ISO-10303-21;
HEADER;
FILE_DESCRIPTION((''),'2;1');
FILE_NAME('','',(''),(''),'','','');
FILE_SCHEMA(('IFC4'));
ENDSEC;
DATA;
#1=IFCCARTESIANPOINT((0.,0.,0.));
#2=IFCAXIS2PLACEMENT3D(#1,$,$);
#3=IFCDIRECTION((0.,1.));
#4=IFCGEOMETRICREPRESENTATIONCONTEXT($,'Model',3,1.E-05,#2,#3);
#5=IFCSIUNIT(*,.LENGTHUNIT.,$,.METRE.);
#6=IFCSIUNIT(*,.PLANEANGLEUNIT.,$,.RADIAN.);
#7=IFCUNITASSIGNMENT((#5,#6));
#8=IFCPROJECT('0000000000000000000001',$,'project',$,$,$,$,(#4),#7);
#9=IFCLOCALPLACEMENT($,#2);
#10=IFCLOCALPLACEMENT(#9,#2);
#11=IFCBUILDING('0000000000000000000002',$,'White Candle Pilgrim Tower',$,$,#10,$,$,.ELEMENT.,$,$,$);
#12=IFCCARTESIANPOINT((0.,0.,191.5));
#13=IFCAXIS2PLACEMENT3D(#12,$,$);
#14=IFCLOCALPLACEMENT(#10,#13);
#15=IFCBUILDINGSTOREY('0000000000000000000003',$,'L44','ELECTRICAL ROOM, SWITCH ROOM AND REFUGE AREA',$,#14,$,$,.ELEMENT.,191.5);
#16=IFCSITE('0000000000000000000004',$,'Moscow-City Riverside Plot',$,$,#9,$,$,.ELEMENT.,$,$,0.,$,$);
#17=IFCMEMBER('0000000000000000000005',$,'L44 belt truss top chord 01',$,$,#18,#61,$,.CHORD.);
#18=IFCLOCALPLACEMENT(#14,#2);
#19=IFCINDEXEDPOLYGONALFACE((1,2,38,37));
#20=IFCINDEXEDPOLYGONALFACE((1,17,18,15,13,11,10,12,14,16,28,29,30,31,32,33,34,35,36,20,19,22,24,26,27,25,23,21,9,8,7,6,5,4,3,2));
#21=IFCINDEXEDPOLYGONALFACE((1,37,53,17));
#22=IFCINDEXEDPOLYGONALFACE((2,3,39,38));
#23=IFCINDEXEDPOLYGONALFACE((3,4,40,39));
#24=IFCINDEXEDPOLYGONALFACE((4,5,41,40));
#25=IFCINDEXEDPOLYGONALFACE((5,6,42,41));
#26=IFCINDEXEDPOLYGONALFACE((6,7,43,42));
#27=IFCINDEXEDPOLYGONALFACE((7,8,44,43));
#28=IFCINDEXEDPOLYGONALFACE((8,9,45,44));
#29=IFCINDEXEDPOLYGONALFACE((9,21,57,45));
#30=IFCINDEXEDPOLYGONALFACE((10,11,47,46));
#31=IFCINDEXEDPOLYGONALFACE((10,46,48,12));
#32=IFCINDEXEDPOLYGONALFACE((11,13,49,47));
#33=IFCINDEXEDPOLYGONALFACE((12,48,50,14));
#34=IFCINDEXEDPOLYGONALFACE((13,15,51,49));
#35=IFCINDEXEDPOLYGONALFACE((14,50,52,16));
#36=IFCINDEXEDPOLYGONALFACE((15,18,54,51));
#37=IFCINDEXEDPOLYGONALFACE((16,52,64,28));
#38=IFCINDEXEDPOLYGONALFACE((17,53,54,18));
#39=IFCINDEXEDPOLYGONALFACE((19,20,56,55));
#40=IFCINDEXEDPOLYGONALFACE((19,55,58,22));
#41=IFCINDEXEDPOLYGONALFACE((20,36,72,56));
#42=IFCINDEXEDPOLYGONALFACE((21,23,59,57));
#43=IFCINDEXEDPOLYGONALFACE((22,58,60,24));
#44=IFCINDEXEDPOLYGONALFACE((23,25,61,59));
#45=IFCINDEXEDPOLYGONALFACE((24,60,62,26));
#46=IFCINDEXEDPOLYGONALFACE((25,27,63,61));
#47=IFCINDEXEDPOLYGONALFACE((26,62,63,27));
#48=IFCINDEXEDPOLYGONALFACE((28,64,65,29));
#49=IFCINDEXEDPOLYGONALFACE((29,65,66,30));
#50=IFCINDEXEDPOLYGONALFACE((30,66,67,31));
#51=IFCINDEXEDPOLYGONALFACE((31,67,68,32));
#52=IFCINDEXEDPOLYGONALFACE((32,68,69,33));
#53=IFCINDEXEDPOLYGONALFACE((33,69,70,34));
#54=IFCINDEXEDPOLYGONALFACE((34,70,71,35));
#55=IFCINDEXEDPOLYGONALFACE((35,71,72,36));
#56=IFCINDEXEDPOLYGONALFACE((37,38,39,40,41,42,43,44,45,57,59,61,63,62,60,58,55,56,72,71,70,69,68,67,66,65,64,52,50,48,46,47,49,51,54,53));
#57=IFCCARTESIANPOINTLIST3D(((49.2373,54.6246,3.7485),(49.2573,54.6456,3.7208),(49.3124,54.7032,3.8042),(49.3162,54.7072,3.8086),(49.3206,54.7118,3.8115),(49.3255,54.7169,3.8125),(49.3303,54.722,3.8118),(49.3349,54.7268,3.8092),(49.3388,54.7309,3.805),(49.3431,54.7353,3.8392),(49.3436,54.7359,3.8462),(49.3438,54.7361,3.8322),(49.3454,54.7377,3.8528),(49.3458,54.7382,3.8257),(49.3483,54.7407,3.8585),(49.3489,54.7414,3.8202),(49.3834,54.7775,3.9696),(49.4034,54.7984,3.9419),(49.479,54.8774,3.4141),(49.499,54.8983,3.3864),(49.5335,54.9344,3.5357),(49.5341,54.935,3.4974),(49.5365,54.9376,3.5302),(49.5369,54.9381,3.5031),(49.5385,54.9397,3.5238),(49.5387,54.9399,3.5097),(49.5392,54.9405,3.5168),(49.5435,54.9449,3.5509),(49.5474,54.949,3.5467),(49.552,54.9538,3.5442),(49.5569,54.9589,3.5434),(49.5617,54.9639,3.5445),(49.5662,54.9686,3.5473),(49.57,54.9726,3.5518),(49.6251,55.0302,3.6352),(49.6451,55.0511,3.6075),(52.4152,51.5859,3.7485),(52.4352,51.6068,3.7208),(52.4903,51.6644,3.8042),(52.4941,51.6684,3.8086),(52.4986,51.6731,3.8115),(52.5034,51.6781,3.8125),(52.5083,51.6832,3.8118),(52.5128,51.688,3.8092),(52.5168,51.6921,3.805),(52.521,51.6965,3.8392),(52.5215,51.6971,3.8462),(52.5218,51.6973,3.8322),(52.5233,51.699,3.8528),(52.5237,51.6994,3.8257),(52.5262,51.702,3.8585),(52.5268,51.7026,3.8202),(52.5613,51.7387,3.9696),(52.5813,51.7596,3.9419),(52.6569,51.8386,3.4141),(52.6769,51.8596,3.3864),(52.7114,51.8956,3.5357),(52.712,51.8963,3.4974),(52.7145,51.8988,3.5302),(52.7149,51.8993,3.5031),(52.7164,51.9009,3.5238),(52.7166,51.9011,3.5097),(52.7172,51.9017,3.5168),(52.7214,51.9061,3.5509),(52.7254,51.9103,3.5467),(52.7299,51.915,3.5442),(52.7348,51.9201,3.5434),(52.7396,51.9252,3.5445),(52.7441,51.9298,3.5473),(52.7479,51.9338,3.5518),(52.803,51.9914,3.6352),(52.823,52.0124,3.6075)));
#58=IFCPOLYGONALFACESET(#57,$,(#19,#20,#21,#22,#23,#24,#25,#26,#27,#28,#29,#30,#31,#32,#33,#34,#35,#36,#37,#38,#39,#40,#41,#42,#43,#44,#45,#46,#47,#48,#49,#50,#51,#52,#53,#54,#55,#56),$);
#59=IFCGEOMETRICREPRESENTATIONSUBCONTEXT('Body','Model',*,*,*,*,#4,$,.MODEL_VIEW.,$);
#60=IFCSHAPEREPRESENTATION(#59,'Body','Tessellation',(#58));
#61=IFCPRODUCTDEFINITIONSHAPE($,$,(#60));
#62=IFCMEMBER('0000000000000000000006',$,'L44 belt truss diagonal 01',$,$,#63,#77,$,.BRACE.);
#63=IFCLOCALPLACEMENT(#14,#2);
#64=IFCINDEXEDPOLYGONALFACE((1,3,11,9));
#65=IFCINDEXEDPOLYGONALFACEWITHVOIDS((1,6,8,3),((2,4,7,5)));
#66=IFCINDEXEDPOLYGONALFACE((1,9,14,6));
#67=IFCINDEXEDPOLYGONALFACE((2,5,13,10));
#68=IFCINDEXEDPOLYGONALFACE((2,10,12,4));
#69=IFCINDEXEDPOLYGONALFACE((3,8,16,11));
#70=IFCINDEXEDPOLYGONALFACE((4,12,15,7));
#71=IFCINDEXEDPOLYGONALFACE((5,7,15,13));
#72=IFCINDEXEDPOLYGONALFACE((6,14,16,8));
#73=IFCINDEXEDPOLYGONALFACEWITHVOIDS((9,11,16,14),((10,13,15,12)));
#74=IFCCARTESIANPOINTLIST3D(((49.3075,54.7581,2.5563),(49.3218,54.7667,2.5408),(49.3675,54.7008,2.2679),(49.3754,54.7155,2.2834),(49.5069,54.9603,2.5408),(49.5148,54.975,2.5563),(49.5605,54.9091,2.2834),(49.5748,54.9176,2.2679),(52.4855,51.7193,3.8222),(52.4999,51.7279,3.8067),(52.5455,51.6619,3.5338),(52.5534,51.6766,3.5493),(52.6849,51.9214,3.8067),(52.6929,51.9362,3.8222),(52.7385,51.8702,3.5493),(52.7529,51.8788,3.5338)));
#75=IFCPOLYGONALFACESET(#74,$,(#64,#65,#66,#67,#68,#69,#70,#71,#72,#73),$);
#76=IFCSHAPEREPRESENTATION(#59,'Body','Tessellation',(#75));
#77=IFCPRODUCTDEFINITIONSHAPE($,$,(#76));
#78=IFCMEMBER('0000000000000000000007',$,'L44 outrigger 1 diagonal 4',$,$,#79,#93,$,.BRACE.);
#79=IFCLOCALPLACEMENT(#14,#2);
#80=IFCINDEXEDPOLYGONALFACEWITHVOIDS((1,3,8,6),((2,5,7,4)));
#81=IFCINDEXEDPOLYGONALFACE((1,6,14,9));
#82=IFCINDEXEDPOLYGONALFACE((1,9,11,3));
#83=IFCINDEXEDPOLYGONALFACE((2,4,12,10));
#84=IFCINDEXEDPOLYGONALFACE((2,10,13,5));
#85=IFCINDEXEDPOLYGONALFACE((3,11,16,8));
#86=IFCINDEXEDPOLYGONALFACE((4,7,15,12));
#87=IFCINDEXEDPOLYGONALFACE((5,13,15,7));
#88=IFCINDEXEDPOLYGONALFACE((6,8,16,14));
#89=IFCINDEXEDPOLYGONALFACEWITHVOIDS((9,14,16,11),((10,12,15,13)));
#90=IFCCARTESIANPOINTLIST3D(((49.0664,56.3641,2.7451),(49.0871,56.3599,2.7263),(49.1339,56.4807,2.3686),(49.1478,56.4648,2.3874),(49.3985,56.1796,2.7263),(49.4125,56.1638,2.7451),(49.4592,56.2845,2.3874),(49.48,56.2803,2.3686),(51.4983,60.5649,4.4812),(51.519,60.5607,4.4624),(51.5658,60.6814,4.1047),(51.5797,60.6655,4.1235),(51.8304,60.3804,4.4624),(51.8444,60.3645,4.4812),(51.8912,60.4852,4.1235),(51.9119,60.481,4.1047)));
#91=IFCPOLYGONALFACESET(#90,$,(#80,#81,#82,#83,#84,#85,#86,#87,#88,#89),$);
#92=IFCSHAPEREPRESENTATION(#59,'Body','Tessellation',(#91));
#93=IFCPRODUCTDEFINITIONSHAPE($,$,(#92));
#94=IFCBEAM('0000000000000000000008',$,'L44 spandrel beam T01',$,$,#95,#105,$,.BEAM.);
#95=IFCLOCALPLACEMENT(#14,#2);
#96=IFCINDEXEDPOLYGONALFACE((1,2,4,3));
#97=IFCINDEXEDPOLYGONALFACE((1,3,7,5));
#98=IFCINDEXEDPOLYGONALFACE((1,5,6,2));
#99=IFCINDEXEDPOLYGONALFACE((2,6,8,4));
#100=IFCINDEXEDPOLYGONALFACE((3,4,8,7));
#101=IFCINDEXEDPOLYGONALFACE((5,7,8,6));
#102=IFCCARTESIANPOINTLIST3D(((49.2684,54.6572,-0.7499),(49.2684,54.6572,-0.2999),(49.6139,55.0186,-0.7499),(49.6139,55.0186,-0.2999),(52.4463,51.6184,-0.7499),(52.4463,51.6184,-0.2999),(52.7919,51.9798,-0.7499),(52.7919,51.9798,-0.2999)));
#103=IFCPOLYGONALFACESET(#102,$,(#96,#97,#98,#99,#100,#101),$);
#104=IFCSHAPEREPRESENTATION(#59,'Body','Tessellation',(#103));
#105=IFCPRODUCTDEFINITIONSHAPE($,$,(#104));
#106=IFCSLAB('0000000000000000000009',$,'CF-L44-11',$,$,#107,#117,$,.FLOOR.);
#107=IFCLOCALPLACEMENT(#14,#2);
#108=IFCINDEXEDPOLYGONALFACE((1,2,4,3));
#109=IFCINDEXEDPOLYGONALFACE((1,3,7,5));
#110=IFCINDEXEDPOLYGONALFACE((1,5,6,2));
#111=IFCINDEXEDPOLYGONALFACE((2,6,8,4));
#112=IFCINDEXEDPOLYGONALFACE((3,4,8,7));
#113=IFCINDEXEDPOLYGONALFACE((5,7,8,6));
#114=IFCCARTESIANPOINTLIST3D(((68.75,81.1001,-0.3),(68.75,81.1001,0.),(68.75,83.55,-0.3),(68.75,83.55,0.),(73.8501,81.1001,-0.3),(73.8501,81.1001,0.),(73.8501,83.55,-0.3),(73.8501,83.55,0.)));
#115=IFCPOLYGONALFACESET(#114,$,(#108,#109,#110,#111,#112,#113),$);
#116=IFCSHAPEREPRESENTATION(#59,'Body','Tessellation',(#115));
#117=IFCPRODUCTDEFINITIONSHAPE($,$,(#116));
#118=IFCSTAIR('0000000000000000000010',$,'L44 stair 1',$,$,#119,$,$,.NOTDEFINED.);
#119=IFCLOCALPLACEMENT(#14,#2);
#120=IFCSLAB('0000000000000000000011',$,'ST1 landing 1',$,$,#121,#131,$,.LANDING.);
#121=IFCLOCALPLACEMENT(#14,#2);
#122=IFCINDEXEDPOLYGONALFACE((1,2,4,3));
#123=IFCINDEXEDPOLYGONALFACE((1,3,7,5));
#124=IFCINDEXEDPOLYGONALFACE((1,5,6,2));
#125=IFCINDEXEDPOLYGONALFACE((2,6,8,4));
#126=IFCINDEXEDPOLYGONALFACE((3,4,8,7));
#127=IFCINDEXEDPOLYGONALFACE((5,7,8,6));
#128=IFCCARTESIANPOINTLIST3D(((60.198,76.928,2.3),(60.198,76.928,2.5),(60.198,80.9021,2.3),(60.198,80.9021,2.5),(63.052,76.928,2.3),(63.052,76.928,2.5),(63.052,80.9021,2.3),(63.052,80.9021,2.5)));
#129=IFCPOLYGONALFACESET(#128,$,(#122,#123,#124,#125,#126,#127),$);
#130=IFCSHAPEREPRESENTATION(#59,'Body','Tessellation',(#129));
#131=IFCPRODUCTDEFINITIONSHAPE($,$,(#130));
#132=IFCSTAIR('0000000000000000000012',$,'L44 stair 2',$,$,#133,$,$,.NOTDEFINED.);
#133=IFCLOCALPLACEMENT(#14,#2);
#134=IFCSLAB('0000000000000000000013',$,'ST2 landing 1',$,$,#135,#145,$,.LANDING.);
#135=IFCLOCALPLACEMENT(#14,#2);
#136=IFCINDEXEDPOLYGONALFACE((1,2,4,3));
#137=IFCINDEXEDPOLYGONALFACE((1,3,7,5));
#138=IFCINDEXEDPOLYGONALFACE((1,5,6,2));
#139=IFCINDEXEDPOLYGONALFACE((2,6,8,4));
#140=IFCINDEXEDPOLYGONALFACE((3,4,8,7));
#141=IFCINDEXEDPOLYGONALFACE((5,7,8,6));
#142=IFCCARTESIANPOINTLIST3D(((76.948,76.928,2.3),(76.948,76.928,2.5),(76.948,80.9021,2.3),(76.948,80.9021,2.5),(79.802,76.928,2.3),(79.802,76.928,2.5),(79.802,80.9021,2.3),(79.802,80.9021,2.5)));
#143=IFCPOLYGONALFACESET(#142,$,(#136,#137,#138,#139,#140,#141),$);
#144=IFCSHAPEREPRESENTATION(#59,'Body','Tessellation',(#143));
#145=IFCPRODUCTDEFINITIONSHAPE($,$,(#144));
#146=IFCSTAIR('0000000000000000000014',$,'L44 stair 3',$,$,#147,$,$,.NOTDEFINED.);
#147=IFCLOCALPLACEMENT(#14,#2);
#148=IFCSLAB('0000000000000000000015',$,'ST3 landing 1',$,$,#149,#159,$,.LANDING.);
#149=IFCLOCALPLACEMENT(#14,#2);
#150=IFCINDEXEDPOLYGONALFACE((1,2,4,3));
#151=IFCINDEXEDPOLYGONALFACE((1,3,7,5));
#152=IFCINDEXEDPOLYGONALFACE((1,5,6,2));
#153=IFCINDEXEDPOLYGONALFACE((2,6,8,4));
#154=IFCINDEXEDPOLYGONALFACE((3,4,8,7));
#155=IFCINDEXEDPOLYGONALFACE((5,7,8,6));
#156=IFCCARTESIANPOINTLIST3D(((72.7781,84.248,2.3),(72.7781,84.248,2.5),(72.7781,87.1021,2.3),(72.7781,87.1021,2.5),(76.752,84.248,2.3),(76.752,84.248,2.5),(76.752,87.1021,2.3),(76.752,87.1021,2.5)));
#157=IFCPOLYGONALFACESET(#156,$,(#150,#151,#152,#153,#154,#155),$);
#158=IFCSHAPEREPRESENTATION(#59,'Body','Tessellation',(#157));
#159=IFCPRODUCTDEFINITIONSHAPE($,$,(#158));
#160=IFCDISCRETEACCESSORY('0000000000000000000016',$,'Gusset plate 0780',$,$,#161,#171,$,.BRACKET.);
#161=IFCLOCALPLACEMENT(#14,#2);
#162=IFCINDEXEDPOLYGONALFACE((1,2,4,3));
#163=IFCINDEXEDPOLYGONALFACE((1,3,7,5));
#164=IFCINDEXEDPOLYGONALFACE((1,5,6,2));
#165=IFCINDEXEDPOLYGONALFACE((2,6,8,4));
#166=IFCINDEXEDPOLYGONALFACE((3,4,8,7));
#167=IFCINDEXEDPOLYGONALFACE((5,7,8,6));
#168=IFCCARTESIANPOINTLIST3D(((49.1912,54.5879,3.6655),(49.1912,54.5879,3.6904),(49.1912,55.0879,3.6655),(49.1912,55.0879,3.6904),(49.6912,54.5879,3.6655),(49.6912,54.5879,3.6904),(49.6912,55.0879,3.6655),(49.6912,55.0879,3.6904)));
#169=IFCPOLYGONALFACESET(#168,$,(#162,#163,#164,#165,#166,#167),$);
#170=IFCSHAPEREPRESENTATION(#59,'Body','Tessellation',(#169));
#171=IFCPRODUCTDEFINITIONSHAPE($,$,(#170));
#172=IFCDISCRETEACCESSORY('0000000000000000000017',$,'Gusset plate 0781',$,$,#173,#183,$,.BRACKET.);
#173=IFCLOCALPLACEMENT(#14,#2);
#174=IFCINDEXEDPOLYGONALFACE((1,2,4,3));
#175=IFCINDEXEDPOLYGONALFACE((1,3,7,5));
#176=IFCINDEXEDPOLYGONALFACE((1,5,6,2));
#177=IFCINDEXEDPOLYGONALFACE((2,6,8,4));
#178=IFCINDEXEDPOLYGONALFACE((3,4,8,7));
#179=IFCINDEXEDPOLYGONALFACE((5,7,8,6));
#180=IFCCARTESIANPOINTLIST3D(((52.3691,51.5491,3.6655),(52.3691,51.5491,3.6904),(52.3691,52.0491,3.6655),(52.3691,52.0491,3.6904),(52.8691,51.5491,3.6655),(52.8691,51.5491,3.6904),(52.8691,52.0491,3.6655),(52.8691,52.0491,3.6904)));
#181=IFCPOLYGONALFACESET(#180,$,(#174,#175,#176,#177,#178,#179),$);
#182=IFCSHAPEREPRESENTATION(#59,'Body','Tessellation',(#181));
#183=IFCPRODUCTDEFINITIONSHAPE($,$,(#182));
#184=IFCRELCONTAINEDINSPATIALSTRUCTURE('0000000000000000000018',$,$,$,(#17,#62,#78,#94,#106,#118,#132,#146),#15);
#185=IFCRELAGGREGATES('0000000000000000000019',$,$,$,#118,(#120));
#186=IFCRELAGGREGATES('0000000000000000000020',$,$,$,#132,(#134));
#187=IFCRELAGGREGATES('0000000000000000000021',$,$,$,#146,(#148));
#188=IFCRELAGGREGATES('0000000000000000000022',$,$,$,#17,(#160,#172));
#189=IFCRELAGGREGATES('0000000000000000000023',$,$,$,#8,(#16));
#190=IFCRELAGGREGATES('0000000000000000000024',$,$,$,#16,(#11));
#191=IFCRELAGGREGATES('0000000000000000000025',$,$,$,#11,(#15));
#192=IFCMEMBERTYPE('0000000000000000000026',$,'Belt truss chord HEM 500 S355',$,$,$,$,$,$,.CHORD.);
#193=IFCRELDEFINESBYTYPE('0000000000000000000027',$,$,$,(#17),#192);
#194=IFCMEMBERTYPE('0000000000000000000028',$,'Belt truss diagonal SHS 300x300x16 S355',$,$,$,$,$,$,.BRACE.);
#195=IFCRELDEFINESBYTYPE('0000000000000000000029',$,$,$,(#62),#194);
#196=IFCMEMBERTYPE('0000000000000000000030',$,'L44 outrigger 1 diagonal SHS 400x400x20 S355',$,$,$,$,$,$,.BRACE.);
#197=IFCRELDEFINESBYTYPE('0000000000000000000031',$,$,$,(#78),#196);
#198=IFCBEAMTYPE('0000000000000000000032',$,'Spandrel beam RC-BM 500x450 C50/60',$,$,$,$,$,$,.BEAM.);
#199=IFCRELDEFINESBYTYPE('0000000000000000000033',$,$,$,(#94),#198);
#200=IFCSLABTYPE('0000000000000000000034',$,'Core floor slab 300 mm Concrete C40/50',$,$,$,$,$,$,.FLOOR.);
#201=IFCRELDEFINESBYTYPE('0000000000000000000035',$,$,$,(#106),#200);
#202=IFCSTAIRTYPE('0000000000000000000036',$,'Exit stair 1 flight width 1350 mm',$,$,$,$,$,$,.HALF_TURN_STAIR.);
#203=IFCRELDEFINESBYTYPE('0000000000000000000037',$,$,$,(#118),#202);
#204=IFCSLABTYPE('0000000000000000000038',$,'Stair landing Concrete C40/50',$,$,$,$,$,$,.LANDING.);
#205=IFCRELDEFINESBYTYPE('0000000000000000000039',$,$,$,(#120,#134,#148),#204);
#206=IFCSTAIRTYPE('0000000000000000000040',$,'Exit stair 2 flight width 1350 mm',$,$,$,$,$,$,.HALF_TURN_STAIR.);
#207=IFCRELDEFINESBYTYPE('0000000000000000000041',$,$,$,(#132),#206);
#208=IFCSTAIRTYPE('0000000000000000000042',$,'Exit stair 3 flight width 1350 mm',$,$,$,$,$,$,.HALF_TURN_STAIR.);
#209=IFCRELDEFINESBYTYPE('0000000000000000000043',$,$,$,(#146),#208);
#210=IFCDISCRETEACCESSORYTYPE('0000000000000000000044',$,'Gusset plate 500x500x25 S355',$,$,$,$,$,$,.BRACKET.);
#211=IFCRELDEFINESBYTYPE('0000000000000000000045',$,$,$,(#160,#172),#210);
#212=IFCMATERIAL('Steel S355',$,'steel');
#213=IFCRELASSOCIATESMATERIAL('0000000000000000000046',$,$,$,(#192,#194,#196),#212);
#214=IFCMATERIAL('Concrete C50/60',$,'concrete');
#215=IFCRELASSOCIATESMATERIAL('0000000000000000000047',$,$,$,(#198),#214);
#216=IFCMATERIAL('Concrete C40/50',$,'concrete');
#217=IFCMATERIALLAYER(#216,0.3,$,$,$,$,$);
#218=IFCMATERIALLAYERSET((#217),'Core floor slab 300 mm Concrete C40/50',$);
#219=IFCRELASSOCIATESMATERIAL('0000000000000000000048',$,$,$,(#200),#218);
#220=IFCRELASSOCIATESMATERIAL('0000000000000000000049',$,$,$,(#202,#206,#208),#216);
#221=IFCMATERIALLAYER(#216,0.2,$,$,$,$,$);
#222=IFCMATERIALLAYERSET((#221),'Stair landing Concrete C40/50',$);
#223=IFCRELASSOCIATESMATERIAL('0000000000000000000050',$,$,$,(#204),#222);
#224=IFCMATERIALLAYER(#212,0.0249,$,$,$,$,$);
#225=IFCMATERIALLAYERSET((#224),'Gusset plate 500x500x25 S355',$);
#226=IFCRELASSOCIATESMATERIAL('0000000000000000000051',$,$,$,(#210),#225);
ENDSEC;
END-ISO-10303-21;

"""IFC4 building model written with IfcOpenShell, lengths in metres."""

from ifc_helpers import new_model, si_unit, direction, frame, origin, origin_2d, place, context, subcontext, project, spatial, polyline, rectangle, hollow_rectangle, i_section, outline, extrude, material, layer, layer_set, material_profile, profile_set, type_object, element, aggregate, save


model = new_model("IFC4")

# Units and contexts
model_context = context("Model", 3, precision=1e-05, world=origin(), true_north=direction((0.0, 1.0)))
body_context = subcontext(model_context, "Body", "Model", "MODEL_VIEW")
ifc_project = project(units=[si_unit("LENGTHUNIT", "METRE"), si_unit("PLANEANGLEUNIT", "RADIAN")], contexts=[model_context])

# Site, building, storey
site_placement = place(None, origin())
site = spatial("IfcSite", under=ifc_project, at=site_placement, Name="Moscow-City Riverside Plot", CompositionType="ELEMENT", RefElevation=0.0)
building_placement = place(site_placement, origin())
building = spatial("IfcBuilding", under=site, at=building_placement, Name="White Candle Pilgrim Tower", CompositionType="ELEMENT")
storey_placement = place(building_placement, frame((0.0, 0.0, 191.5)))
storey = spatial("IfcBuildingStorey", under=building, at=storey_placement, Name="L44", Description="ELECTRICAL ROOM, SWITCH ROOM AND REFUGE AREA", CompositionType="ELEMENT", Elevation=191.5)

# Member
ifc_material_1 = material(Name="Steel S355", Category="steel")
ifc_material_profile_1 = material_profile(ifc_material_1, i_section(OverallWidth=0.3059, OverallDepth=0.5239, WebThickness=0.021, FlangeThickness=0.04, FilletRadius=0.0271, at=origin_2d()), Name="HEM 500")
ifc_profile_set_1 = profile_set([ifc_material_profile_1], Name="Steel S355")
member_type_1 = type_object("IfcMemberType", Name="Belt truss chord HEM 500 S355", PredefinedType="CHORD", material=ifc_profile_set_1)
member_1_placement = place(storey_placement, frame((49.4412, 54.8379, 3.678), z_axis=(0.722754, -0.691105, 0.0), x_axis=(0.477632, 0.499504, 0.722747)))
member_1 = element("IfcMember", 1, at=member_1_placement, inside=storey, type_object=member_type_1, Name="L44 belt truss top chord 01", PredefinedType="CHORD", context=body_context, shape_type="SweptSolid", body=[
    extrude(i_section(OverallWidth=0.3059, OverallDepth=0.5239, WebThickness=0.021, FlangeThickness=0.04, FilletRadius=0.0271, at=origin_2d()), origin(), (0.0, 0.0, 1.0), 4.397),
])

# Members
ifc_material_profile_2 = material_profile(ifc_material_1, hollow_rectangle(XDim=0.3, YDim=0.3, WallThickness=0.0161, at=origin_2d()), Name="SHS 300x300x16")
ifc_profile_set_2 = profile_set([ifc_material_profile_2], Name="Steel S355")
member_type_2 = type_object("IfcMemberType", Name="Belt truss diagonal SHS 300x300x16 S355", PredefinedType="BRACE", material=ifc_profile_set_2)
member_2_placement = place(storey_placement, frame((49.4412, 54.8379, 2.4121), z_axis=(0.694544, -0.664131, 0.276655), x_axis=(0.691105, 0.722754, 0.0)))
element("IfcMember", 2, at=member_2_placement, inside=storey, type_object=member_type_2, Name="L44 belt truss diagonal 01", PredefinedType="BRACE", context=body_context, shape_type="SweptSolid", body=[
    extrude(hollow_rectangle(XDim=0.3, YDim=0.3, WallThickness=0.0161, at=origin_2d()), origin(), (0.0, 0.0, 1.0), 4.5757),
])
ifc_material_profile_3 = material_profile(ifc_material_1, hollow_rectangle(XDim=0.3999, YDim=0.3999, WallThickness=0.02, at=origin_2d()), Name="SHS 400x400x20")
ifc_profile_set_3 = profile_set([ifc_material_profile_3], Name="Steel S355")
member_type_3 = type_object("IfcMemberType", Name="L44 outrigger 1 diagonal SHS 400x400x20 S355", PredefinedType="BRACE", material=ifc_profile_set_3)
member_3_placement = place(storey_placement, frame((51.7051, 60.5229, 4.293), z_axis=(-0.471755, -0.814879, -0.336778), x_axis=(0.865434, -0.501022, 0.0)))
element("IfcMember", 3, at=member_3_placement, inside=storey, type_object=member_type_3, Name="L44 outrigger 1 diagonal 4", PredefinedType="BRACE", context=body_context, shape_type="SweptSolid", body=[
    extrude(hollow_rectangle(XDim=0.3999, YDim=0.3999, WallThickness=0.02, at=origin_2d()), origin(), (0.0, 0.0, 1.0), 5.155),
])

# Beam
ifc_material_2 = material(Name="Concrete C50/60", Category="concrete")
ifc_material_profile_4 = material_profile(ifc_material_2, rectangle(XDim=0.5, YDim=0.45, at=origin_2d()), Name="RC-BM 500x450")
ifc_profile_set_4 = profile_set([ifc_material_profile_4], Name="Concrete C50/60")
beam_type = type_object("IfcBeamType", Name="Spandrel beam RC-BM 500x450 C50/60", PredefinedType="BEAM", material=ifc_profile_set_4)
beam_placement = place(storey_placement, frame((49.4412, 54.8379, -0.5249), z_axis=(0.722754, -0.691105, 0.0), x_axis=(0.691105, 0.722754, 0.0)))
element("IfcBeam", 4, at=beam_placement, inside=storey, type_object=beam_type, Name="L44 spandrel beam T01", PredefinedType="BEAM", context=body_context, shape_type="SweptSolid", body=[
    extrude(rectangle(XDim=0.5, YDim=0.45, at=origin_2d()), origin(), (0.0, 0.0, 1.0), 4.397),
])

# Slab
ifc_material_3 = material(Name="Concrete C40/50", Category="concrete")
ifc_layer_1 = layer(ifc_material_3, 0.3)
ifc_layer_set_1 = layer_set([ifc_layer_1], Name="Core floor slab 300 mm Concrete C40/50")
slab_type_1 = type_object("IfcSlabType", Name="Core floor slab 300 mm Concrete C40/50", PredefinedType="FLOOR", material=ifc_layer_set_1)
slab_1_placement = place(storey_placement, frame((0.0, 0.0, -0.3)))
element("IfcSlab", 5, at=slab_1_placement, inside=storey, type_object=slab_type_1, Name="CF-L44-11", PredefinedType="FLOOR", context=body_context, shape_type="SweptSolid", body=[
    extrude(outline(polyline([(73.8501, 83.55), (73.8501, 81.1001), (68.75, 81.1001), (68.75, 83.55), (73.8501, 83.55)])), origin(), (0.0, 0.0, 1.0), 0.3),
])

# Stairs, slabs
stair_type_1 = type_object("IfcStairType", Name="Exit stair 1 flight width 1350 mm", PredefinedType="HALF_TURN_STAIR", material=ifc_material_3)
stair_1_placement = place(storey_placement, origin())
stair_1 = element("IfcStair", 6, at=stair_1_placement, inside=storey, type_object=stair_type_1, Name="L44 stair 1", PredefinedType="NOTDEFINED")
ifc_layer_2 = layer(ifc_material_3, 0.2)
ifc_layer_set_2 = layer_set([ifc_layer_2], Name="Stair landing Concrete C40/50")
slab_type_2 = type_object("IfcSlabType", Name="Stair landing Concrete C40/50", PredefinedType="LANDING", material=ifc_layer_set_2)
slab_2_placement = place(storey_placement, frame((0.0, 0.0, 2.3)))
slab_2 = element("IfcSlab", 7, at=slab_2_placement, type_object=slab_type_2, Name="ST1 landing 1", PredefinedType="LANDING", context=body_context, shape_type="SweptSolid", body=[
    extrude(outline(polyline([(63.052, 76.928), (60.198, 76.928), (60.198, 80.9021), (63.052, 80.9021), (63.052, 76.928)])), origin(), (0.0, 0.0, 1.0), 0.2),
])
aggregate(stair_1, [slab_2])
stair_type_2 = type_object("IfcStairType", Name="Exit stair 2 flight width 1350 mm", PredefinedType="HALF_TURN_STAIR", material=ifc_material_3)
stair_2_placement = place(storey_placement, origin())
stair_2 = element("IfcStair", 8, at=stair_2_placement, inside=storey, type_object=stair_type_2, Name="L44 stair 2", PredefinedType="NOTDEFINED")
slab_3_placement = place(storey_placement, frame((0.0, 0.0, 2.3)))
slab_3 = element("IfcSlab", 9, at=slab_3_placement, type_object=slab_type_2, Name="ST2 landing 1", PredefinedType="LANDING", context=body_context, shape_type="SweptSolid", body=[
    extrude(outline(polyline([(79.802, 76.928), (76.948, 76.928), (76.948, 80.9021), (79.802, 80.9021), (79.802, 76.928)])), origin(), (0.0, 0.0, 1.0), 0.2),
])
aggregate(stair_2, [slab_3])
stair_type_3 = type_object("IfcStairType", Name="Exit stair 3 flight width 1350 mm", PredefinedType="HALF_TURN_STAIR", material=ifc_material_3)
stair_3_placement = place(storey_placement, origin())
stair_3 = element("IfcStair", 10, at=stair_3_placement, inside=storey, type_object=stair_type_3, Name="L44 stair 3", PredefinedType="NOTDEFINED")
slab_4_placement = place(storey_placement, frame((0.0, 0.0, 2.3)))
slab_4 = element("IfcSlab", 11, at=slab_4_placement, type_object=slab_type_2, Name="ST3 landing 1", PredefinedType="LANDING", context=body_context, shape_type="SweptSolid", body=[
    extrude(outline(polyline([(72.7781, 84.248), (72.7781, 87.1021), (76.752, 87.1021), (76.752, 84.248), (72.7781, 84.248)])), origin(), (0.0, 0.0, 1.0), 0.2),
])
aggregate(stair_3, [slab_4])

# Discrete accessories
ifc_layer_3 = layer(ifc_material_1, 0.0249)
ifc_layer_set_3 = layer_set([ifc_layer_3], Name="Gusset plate 500x500x25 S355")
discrete_accessory_type = type_object("IfcDiscreteAccessoryType", Name="Gusset plate 500x500x25 S355", PredefinedType="BRACKET", material=ifc_layer_set_3)
discrete_accessory_1_placement = place(storey_placement, frame((49.4412, 54.8379, 3.6655), z_axis=(0.0, 0.0, 1.0), x_axis=(1.0, 0.0, 0.0)))
discrete_accessory_1 = element("IfcDiscreteAccessory", 12, at=discrete_accessory_1_placement, type_object=discrete_accessory_type, Name="Gusset plate 0780", PredefinedType="BRACKET", context=body_context, shape_type="SweptSolid", body=[
    extrude(rectangle(XDim=0.5, YDim=0.5, at=origin_2d()), origin(), (0.0, 0.0, 1.0), 0.0249),
])
discrete_accessory_2_placement = place(storey_placement, frame((52.6191, 51.7991, 3.6655), z_axis=(0.0, 0.0, 1.0), x_axis=(1.0, 0.0, 0.0)))
discrete_accessory_2 = element("IfcDiscreteAccessory", 13, at=discrete_accessory_2_placement, type_object=discrete_accessory_type, Name="Gusset plate 0781", PredefinedType="BRACKET", context=body_context, shape_type="SweptSolid", body=[
    extrude(rectangle(XDim=0.5, YDim=0.5, at=origin_2d()), origin(), (0.0, 0.0, 1.0), 0.0249),
])
aggregate(member_1, [discrete_accessory_1, discrete_accessory_2])

save(model, "model.ifc")
